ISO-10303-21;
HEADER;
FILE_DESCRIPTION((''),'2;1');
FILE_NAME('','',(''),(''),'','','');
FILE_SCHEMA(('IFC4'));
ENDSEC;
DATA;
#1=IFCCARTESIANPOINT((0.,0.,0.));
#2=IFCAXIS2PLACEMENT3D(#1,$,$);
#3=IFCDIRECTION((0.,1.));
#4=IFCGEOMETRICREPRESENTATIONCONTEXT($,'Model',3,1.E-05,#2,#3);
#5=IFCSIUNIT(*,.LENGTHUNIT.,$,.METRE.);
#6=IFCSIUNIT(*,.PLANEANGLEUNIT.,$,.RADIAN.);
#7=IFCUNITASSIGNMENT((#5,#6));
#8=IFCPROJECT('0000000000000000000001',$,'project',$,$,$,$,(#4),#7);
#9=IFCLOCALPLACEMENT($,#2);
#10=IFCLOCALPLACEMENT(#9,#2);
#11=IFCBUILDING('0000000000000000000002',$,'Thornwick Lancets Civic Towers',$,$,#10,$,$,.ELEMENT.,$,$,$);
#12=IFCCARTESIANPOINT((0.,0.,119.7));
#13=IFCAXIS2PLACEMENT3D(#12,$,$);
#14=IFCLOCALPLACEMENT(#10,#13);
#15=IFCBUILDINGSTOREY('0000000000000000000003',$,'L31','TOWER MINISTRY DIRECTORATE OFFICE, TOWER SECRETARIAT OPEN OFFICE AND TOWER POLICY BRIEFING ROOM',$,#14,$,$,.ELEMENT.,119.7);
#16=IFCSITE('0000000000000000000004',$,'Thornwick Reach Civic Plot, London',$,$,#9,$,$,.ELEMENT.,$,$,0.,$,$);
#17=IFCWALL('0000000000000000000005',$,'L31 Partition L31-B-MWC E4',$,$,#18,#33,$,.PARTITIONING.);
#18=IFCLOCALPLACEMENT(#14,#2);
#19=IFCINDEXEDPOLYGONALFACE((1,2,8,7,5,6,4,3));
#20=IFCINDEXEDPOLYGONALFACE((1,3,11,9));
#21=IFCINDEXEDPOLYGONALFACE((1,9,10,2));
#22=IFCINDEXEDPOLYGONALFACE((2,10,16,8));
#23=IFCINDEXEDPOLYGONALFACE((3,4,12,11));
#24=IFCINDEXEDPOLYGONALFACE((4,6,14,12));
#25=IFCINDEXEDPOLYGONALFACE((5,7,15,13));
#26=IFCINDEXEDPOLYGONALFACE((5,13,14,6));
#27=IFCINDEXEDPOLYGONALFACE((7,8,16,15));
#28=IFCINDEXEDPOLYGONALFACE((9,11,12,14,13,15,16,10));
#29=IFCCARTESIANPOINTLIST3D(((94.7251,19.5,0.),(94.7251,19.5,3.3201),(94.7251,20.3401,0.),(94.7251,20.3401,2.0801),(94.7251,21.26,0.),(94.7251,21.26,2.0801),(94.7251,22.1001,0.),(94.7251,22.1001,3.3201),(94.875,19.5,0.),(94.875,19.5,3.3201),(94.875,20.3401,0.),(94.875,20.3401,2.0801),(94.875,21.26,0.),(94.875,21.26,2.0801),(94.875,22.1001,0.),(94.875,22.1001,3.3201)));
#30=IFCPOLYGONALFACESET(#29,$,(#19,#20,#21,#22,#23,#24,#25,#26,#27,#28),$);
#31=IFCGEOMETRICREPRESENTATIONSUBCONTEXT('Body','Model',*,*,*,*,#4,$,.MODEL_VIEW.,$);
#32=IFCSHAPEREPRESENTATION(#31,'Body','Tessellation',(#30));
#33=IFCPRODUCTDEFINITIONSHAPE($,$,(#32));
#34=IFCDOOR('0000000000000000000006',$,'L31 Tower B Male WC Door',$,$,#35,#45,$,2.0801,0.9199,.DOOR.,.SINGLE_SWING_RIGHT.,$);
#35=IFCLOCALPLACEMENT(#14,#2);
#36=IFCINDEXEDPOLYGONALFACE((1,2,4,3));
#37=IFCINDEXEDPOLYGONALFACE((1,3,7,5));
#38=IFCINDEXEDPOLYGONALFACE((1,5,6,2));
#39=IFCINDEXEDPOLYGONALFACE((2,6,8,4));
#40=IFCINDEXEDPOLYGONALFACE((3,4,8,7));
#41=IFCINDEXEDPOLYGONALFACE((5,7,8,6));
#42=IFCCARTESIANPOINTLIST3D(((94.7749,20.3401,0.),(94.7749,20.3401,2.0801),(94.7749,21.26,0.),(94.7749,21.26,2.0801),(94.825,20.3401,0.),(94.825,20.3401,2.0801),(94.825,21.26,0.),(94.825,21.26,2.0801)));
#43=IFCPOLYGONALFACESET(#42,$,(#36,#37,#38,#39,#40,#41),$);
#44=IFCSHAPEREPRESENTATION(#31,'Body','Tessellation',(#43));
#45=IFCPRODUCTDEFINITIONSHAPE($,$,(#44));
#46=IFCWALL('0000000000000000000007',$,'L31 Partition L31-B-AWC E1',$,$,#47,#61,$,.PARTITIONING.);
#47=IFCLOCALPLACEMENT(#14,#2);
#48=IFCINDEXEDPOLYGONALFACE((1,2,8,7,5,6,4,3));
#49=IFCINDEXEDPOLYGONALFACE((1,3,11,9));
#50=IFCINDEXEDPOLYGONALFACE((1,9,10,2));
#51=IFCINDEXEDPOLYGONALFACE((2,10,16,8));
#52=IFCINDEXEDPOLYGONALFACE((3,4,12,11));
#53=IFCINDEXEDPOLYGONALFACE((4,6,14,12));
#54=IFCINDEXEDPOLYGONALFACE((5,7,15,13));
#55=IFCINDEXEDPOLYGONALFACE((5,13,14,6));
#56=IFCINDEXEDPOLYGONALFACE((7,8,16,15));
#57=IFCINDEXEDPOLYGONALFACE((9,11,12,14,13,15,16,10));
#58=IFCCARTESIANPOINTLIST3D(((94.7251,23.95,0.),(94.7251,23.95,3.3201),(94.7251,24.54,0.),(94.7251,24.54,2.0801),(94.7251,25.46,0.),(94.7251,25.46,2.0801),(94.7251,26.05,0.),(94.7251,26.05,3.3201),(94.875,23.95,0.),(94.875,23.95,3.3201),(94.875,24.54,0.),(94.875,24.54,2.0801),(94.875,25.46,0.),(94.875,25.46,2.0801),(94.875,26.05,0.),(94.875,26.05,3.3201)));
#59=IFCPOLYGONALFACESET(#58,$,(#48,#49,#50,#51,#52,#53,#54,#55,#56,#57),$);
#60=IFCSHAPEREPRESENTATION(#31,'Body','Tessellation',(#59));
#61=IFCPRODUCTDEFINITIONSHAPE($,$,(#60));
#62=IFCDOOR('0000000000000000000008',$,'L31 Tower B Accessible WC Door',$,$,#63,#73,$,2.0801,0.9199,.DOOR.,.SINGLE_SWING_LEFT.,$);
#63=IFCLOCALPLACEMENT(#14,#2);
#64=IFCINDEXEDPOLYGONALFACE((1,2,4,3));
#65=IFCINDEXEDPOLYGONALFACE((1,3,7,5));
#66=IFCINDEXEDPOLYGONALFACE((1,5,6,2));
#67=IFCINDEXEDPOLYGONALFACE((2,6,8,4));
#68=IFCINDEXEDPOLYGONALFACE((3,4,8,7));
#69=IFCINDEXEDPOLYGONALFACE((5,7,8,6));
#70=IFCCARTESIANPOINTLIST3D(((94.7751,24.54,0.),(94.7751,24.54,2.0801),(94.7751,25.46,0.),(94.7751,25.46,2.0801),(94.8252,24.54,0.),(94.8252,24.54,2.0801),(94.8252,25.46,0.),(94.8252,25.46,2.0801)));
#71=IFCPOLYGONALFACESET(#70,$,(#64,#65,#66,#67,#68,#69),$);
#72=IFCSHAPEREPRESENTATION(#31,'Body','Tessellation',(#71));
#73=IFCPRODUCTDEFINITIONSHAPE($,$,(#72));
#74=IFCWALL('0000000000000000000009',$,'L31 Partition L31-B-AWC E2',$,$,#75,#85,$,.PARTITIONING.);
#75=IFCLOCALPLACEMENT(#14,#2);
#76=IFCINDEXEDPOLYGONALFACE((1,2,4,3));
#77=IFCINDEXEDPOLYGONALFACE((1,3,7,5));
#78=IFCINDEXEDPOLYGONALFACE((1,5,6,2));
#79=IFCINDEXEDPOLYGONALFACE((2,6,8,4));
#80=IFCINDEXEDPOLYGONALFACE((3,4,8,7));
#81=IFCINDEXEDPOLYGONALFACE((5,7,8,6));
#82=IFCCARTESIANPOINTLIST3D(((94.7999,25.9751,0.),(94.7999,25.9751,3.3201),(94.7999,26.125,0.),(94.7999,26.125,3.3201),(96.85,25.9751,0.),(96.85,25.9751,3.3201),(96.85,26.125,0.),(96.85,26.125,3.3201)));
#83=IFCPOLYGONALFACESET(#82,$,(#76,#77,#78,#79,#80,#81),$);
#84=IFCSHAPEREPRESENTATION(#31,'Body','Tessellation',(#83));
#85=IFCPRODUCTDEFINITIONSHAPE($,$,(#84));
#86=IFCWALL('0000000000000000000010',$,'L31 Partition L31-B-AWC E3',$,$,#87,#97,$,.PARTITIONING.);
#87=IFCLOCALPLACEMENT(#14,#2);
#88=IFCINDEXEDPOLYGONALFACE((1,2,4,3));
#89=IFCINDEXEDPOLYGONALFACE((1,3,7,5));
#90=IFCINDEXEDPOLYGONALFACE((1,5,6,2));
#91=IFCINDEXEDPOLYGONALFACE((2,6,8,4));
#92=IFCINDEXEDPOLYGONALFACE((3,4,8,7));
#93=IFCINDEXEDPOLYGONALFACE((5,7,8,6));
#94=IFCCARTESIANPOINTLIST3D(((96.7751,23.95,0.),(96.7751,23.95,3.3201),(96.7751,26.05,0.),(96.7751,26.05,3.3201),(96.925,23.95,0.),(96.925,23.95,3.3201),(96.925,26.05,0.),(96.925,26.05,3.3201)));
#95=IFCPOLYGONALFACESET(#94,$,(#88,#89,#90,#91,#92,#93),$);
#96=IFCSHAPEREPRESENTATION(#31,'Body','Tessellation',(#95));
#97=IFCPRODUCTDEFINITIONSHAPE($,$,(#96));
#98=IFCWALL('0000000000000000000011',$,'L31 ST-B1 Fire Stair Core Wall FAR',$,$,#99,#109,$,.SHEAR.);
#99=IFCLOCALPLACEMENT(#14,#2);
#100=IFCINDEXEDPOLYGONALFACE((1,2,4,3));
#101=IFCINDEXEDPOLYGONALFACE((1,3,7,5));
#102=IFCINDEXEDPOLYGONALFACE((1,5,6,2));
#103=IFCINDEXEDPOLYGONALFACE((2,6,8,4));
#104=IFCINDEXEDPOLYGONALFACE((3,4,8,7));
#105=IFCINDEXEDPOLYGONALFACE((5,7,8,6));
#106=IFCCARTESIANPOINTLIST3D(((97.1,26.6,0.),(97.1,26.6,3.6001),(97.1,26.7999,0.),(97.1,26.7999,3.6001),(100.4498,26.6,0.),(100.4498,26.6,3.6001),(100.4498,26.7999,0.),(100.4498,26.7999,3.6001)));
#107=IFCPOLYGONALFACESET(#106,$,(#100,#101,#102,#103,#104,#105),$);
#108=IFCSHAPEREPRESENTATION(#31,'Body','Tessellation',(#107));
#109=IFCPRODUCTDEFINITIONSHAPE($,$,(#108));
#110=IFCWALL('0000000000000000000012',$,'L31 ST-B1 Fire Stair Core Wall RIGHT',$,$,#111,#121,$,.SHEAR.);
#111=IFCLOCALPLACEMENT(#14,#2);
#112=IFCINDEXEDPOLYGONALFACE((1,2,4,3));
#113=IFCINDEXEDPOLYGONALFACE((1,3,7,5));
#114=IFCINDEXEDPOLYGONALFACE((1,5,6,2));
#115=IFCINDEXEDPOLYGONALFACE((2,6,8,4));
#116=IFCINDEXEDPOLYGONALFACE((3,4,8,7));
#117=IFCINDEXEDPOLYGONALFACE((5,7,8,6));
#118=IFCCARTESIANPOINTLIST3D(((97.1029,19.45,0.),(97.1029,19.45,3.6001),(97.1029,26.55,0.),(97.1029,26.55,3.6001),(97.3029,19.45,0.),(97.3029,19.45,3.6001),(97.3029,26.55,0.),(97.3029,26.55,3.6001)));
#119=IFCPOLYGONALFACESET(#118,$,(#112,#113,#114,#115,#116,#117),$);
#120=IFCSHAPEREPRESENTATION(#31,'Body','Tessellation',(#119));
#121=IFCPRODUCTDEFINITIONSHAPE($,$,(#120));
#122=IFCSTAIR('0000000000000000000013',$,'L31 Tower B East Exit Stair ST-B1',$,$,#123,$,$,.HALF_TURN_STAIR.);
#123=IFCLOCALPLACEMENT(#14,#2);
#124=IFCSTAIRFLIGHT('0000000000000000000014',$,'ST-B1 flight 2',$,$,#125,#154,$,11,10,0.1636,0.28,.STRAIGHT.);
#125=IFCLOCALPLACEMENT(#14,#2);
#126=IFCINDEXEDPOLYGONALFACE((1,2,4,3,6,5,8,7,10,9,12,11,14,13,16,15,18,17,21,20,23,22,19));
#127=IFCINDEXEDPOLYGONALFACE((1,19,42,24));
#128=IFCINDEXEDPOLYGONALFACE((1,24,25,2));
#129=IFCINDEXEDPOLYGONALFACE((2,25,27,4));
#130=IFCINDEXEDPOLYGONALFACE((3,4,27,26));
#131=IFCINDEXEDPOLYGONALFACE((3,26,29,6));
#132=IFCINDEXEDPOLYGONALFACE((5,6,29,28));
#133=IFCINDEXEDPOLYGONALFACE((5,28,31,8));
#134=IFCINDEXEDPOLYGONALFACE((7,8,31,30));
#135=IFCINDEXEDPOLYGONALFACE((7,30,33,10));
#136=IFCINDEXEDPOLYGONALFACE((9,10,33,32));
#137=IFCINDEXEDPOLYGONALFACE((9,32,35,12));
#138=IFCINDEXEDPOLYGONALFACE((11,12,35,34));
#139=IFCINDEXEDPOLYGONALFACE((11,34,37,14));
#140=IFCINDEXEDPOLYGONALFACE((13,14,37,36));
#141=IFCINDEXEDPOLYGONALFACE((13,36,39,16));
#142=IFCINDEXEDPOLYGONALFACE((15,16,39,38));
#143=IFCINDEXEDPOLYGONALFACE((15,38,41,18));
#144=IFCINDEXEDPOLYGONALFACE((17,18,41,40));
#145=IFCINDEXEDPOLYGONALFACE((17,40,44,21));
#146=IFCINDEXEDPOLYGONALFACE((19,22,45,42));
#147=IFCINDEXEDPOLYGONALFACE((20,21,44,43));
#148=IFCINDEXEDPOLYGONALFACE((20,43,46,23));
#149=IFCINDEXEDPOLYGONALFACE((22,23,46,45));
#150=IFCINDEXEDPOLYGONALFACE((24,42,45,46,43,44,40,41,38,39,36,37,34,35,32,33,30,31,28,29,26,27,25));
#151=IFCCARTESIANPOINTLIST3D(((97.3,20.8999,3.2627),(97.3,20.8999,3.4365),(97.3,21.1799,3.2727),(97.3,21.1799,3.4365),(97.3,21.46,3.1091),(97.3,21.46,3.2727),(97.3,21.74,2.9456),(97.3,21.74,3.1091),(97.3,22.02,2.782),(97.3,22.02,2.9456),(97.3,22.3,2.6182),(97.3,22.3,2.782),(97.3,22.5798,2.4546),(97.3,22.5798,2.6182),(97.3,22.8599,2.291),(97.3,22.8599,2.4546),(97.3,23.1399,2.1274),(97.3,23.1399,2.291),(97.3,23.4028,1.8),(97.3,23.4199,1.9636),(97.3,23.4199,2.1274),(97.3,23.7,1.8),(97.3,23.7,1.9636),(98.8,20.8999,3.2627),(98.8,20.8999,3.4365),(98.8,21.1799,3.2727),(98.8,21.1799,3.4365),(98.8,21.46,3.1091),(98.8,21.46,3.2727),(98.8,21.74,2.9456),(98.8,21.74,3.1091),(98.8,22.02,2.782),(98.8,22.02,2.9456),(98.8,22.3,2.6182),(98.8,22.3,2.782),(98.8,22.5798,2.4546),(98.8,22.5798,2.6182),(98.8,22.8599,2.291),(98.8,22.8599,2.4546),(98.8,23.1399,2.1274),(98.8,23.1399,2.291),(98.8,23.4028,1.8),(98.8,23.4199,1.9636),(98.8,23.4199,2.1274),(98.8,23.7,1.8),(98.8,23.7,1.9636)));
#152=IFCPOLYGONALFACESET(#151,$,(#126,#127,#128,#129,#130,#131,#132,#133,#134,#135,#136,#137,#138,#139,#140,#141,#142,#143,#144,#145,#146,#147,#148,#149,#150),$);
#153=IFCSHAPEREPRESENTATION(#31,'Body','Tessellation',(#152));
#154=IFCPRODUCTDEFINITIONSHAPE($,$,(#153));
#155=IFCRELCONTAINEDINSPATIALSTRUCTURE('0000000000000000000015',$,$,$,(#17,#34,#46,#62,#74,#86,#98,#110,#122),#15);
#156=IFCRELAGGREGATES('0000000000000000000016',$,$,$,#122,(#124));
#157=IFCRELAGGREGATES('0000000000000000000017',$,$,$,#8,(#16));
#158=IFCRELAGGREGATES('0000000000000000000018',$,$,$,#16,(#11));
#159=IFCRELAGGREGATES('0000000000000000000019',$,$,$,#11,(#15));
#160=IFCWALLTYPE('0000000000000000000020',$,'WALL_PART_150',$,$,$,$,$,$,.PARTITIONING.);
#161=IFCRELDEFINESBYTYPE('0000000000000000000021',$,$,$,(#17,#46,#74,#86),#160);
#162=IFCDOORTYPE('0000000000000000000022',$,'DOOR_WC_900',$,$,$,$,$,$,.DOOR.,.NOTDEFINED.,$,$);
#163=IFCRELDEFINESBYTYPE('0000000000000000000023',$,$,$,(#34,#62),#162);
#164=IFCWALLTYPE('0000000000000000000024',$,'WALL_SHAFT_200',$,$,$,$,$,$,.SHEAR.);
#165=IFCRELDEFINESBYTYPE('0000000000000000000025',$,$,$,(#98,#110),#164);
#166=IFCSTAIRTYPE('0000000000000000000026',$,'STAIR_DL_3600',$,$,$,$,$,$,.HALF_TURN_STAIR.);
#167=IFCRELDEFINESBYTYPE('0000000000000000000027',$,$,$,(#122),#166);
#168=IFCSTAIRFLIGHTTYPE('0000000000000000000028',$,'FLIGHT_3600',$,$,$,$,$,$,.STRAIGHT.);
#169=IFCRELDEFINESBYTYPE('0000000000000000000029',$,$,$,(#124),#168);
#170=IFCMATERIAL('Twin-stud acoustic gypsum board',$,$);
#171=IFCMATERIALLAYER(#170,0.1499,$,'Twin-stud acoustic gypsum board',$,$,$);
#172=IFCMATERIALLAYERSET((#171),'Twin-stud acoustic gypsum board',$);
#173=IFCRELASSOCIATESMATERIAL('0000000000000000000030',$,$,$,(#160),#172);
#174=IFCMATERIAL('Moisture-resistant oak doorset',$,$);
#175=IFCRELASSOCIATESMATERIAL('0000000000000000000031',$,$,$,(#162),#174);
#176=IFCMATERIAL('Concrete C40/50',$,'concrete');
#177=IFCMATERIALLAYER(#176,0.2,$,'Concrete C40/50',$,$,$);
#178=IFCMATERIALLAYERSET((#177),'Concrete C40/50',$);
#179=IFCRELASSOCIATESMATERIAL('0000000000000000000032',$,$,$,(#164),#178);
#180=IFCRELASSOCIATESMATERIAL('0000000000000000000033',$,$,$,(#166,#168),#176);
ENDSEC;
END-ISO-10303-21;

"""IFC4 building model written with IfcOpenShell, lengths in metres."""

from ifc_helpers import new_model, si_unit, direction, frame, frame_2d, origin, place, context, subcontext, project, spatial, polyline, rectangle, outline, extrude, material, layer, layer_set, type_object, element, fill, aggregate, save


model = new_model("IFC4")

# Units and contexts
model_context = context("Model", 3, precision=1e-05, world=origin(), true_north=direction((0.0, 1.0)))
body_context = subcontext(model_context, "Body", "Model", "MODEL_VIEW")
ifc_project = project(units=[si_unit("LENGTHUNIT", "METRE"), si_unit("PLANEANGLEUNIT", "RADIAN")], contexts=[model_context])

# Site, building, storey
site_placement = place(None, origin())
site = spatial("IfcSite", under=ifc_project, at=site_placement, Name="Thornwick Reach Civic Plot, London", CompositionType="ELEMENT", RefElevation=0.0)
building_placement = place(site_placement, origin())
building = spatial("IfcBuilding", under=site, at=building_placement, Name="Thornwick Lancets Civic Towers", CompositionType="ELEMENT")
storey_placement = place(building_placement, frame((0.0, 0.0, 119.7)))
storey = spatial("IfcBuildingStorey", under=building, at=storey_placement, Name="L31", Description="TOWER MINISTRY DIRECTORATE OFFICE, TOWER SECRETARIAT OPEN OFFICE AND TOWER POLICY BRIEFING ROOM", CompositionType="ELEMENT", Elevation=119.7)

# Shared definitions
ifc_material_1 = material(Name="Twin-stud acoustic gypsum board")
ifc_layer_1 = layer(ifc_material_1, 0.1499, Name="Twin-stud acoustic gypsum board")
ifc_layer_set_1 = layer_set([ifc_layer_1], Name="Twin-stud acoustic gypsum board")
wall_type_1 = type_object("IfcWallType", Name="WALL_PART_150", PredefinedType="PARTITIONING", material=ifc_layer_set_1)

# Walls, openings, doors
wall_1_placement = place(storey_placement, frame((94.8, 22.1001, 0.0), z_axis=(0.0, 0.0, 1.0), x_axis=(0.0, -1.0, 0.0)))
wall_1 = element("IfcWall", 1, at=wall_1_placement, inside=storey, type_object=wall_type_1, Name="L31 Partition L31-B-MWC E4", PredefinedType="PARTITIONING", context=body_context, shape_type="SweptSolid", body=[
    extrude(rectangle(XDim=2.6001, YDim=0.1499, at=frame_2d((1.3, 0.0))), origin(), (0.0, 0.0, 1.0), 3.3201),
])
opening_1_placement = place(wall_1_placement, frame((0.8401, 0.0, 0.0)))
opening_1 = element("IfcOpeningElement", 2, at=opening_1_placement, cuts=wall_1, PredefinedType="OPENING", context=body_context, shape_type="SweptSolid", body=[
    extrude(rectangle(XDim=0.9199, YDim=2.0801, at=frame_2d((0.46, 1.04))), frame((0.0, 0.085, 0.0), z_axis=(0.0, -1.0, 0.0), x_axis=(1.0, 0.0, 0.0)), (0.0, 0.0, 1.0), 0.1699),
])
ifc_material_2 = material(Name="Moisture-resistant oak doorset")
door_type_1 = type_object("IfcDoorType", Name="DOOR_WC_900", OperationType="NOTDEFINED", PredefinedType="DOOR", material=ifc_material_2)
door_1_placement = place(opening_1_placement, origin())
door_1 = element("IfcDoor", 3, at=door_1_placement, inside=storey, type_object=door_type_1, Name="L31 Tower B Male WC Door", OperationType="SINGLE_SWING_RIGHT", OverallHeight=2.0801, OverallWidth=0.9199, PredefinedType="DOOR", context=body_context, shape_type="SweptSolid", body=[
    extrude(rectangle(XDim=0.9199, YDim=2.0801, at=frame_2d((0.46, 1.04))), frame((0.0, 0.0249, 0.0), z_axis=(0.0, -1.0, 0.0), x_axis=(1.0, 0.0, 0.0)), (0.0, 0.0, 1.0), 0.05),
])
fill(opening_1, door_1)
wall_2_placement = place(storey_placement, frame((94.8, 23.95, 0.0), z_axis=(0.0, 0.0, 1.0), x_axis=(0.0, 1.0, 0.0)))
wall_2 = element("IfcWall", 4, at=wall_2_placement, inside=storey, type_object=wall_type_1, Name="L31 Partition L31-B-AWC E1", PredefinedType="PARTITIONING", context=body_context, shape_type="SweptSolid", body=[
    extrude(rectangle(XDim=2.1001, YDim=0.1499, at=frame_2d((1.05, 0.0))), origin(), (0.0, 0.0, 1.0), 3.3201),
])
opening_2_placement = place(wall_2_placement, frame((0.5901, 0.0, 0.0)))
opening_2 = element("IfcOpeningElement", 5, at=opening_2_placement, cuts=wall_2, PredefinedType="OPENING", context=body_context, shape_type="SweptSolid", body=[
    extrude(rectangle(XDim=0.9199, YDim=2.0801, at=frame_2d((0.46, 1.04))), frame((0.0, 0.085, 0.0), z_axis=(0.0, -1.0, 0.0), x_axis=(1.0, 0.0, 0.0)), (0.0, 0.0, 1.0), 0.1699),
])
door_2_placement = place(opening_2_placement, origin())
door_2 = element("IfcDoor", 6, at=door_2_placement, inside=storey, type_object=door_type_1, Name="L31 Tower B Accessible WC Door", OperationType="SINGLE_SWING_LEFT", OverallHeight=2.0801, OverallWidth=0.9199, PredefinedType="DOOR", context=body_context, shape_type="SweptSolid", body=[
    extrude(rectangle(XDim=0.9199, YDim=2.0801, at=frame_2d((0.46, 1.04))), frame((0.0, 0.0249, 0.0), z_axis=(0.0, -1.0, 0.0), x_axis=(1.0, 0.0, 0.0)), (0.0, 0.0, 1.0), 0.05),
])
fill(opening_2, door_2)

# Walls
wall_3_placement = place(storey_placement, frame((94.8, 26.05, 0.0), z_axis=(0.0, 0.0, 1.0), x_axis=(1.0, 0.0, 0.0)))
element("IfcWall", 7, at=wall_3_placement, inside=storey, type_object=wall_type_1, Name="L31 Partition L31-B-AWC E2", PredefinedType="PARTITIONING", context=body_context, shape_type="SweptSolid", body=[
    extrude(rectangle(XDim=2.05, YDim=0.1499, at=frame_2d((1.0249, 0.0))), origin(), (0.0, 0.0, 1.0), 3.3201),
])
wall_4_placement = place(storey_placement, frame((96.8501, 26.05, 0.0), z_axis=(0.0, 0.0, 1.0), x_axis=(0.0, -1.0, 0.0)))
element("IfcWall", 8, at=wall_4_placement, inside=storey, type_object=wall_type_1, Name="L31 Partition L31-B-AWC E3", PredefinedType="PARTITIONING", context=body_context, shape_type="SweptSolid", body=[
    extrude(rectangle(XDim=2.1001, YDim=0.1499, at=frame_2d((1.05, 0.0))), origin(), (0.0, 0.0, 1.0), 3.3201),
])
ifc_material_3 = material(Name="Concrete C40/50", Category="concrete")
ifc_layer_2 = layer(ifc_material_3, 0.2, Name="Concrete C40/50")
ifc_layer_set_2 = layer_set([ifc_layer_2], Name="Concrete C40/50")
wall_type_2 = type_object("IfcWallType", Name="WALL_SHAFT_200", PredefinedType="SHEAR", material=ifc_layer_set_2)
wall_5_placement = place(storey_placement, frame((97.1001, 26.7, 0.0), z_axis=(0.0, 0.0, 1.0), x_axis=(1.0, 0.0, 0.0)))
element("IfcWall", 9, at=wall_5_placement, inside=storey, type_object=wall_type_2, Name="L31 ST-B1 Fire Stair Core Wall FAR", PredefinedType="SHEAR", context=body_context, shape_type="SweptSolid", body=[
    extrude(rectangle(XDim=3.3499, YDim=0.2, at=frame_2d((1.6748, 0.0))), origin(), (0.0, 0.0, 1.0), 3.6001),
])
wall_6_placement = place(storey_placement, frame((97.2029, 26.55, 0.0), z_axis=(0.0, 0.0, 1.0), x_axis=(0.0, -1.0, 0.0)))
element("IfcWall", 10, at=wall_6_placement, inside=storey, type_object=wall_type_2, Name="L31 ST-B1 Fire Stair Core Wall RIGHT", PredefinedType="SHEAR", context=body_context, shape_type="SweptSolid", body=[
    extrude(rectangle(XDim=7.1001, YDim=0.2, at=frame_2d((3.55, 0.0))), origin(), (0.0, 0.0, 1.0), 3.6001),
])

# Stair, stair flight
stair_type = type_object("IfcStairType", Name="STAIR_DL_3600", PredefinedType="HALF_TURN_STAIR", material=ifc_material_3)
stair_placement = place(storey_placement, origin())
stair = element("IfcStair", 11, at=stair_placement, inside=storey, type_object=stair_type, Name="L31 Tower B East Exit Stair ST-B1", PredefinedType="HALF_TURN_STAIR")
stair_flight_type = type_object("IfcStairFlightType", Name="FLIGHT_3600", PredefinedType="STRAIGHT", material=ifc_material_3)
stair_flight_placement = place(storey_placement, frame((98.05, 23.7, 1.8), z_axis=(0.0, 0.0, 1.0), x_axis=(0.0, -1.0, 0.0)))
stair_flight = element("IfcStairFlight", 12, at=stair_flight_placement, type_object=stair_flight_type, Name="ST-B1 flight 2", NumberOfRisers=11, NumberOfTreads=10, PredefinedType="STRAIGHT", RiserHeight=0.1636, TreadLength=0.28, context=body_context, shape_type="SweptSolid", body=[
    extrude(outline(polyline([(0.0, 0.0), (0.0, 0.1636), (0.28, 0.1636), (0.28, 0.3274), (0.5601, 0.3274), (0.5601, 0.491), (0.8401, 0.491), (0.8401, 0.6545), (1.1201, 0.6545), (1.1201, 0.8181), (1.3999, 0.8181), (1.3999, 0.9819), (1.6799, 0.9819), (1.6799, 1.1455), (1.96, 1.1455), (1.96, 1.3091), (2.24, 1.3091), (2.24, 1.4727), (2.52, 1.4727), (2.52, 1.6365), (2.8, 1.6365), (2.8, 1.8), (2.8, 1.4626), (0.2971, 0.0), (0.0, 0.0)])), frame((0.0, 0.75, 0.0), z_axis=(0.0, -1.0, 0.0), x_axis=(1.0, 0.0, 0.0)), (0.0, 0.0, 1.0), 1.5),
])
aggregate(stair, [stair_flight])

save(model, "model.ifc")
